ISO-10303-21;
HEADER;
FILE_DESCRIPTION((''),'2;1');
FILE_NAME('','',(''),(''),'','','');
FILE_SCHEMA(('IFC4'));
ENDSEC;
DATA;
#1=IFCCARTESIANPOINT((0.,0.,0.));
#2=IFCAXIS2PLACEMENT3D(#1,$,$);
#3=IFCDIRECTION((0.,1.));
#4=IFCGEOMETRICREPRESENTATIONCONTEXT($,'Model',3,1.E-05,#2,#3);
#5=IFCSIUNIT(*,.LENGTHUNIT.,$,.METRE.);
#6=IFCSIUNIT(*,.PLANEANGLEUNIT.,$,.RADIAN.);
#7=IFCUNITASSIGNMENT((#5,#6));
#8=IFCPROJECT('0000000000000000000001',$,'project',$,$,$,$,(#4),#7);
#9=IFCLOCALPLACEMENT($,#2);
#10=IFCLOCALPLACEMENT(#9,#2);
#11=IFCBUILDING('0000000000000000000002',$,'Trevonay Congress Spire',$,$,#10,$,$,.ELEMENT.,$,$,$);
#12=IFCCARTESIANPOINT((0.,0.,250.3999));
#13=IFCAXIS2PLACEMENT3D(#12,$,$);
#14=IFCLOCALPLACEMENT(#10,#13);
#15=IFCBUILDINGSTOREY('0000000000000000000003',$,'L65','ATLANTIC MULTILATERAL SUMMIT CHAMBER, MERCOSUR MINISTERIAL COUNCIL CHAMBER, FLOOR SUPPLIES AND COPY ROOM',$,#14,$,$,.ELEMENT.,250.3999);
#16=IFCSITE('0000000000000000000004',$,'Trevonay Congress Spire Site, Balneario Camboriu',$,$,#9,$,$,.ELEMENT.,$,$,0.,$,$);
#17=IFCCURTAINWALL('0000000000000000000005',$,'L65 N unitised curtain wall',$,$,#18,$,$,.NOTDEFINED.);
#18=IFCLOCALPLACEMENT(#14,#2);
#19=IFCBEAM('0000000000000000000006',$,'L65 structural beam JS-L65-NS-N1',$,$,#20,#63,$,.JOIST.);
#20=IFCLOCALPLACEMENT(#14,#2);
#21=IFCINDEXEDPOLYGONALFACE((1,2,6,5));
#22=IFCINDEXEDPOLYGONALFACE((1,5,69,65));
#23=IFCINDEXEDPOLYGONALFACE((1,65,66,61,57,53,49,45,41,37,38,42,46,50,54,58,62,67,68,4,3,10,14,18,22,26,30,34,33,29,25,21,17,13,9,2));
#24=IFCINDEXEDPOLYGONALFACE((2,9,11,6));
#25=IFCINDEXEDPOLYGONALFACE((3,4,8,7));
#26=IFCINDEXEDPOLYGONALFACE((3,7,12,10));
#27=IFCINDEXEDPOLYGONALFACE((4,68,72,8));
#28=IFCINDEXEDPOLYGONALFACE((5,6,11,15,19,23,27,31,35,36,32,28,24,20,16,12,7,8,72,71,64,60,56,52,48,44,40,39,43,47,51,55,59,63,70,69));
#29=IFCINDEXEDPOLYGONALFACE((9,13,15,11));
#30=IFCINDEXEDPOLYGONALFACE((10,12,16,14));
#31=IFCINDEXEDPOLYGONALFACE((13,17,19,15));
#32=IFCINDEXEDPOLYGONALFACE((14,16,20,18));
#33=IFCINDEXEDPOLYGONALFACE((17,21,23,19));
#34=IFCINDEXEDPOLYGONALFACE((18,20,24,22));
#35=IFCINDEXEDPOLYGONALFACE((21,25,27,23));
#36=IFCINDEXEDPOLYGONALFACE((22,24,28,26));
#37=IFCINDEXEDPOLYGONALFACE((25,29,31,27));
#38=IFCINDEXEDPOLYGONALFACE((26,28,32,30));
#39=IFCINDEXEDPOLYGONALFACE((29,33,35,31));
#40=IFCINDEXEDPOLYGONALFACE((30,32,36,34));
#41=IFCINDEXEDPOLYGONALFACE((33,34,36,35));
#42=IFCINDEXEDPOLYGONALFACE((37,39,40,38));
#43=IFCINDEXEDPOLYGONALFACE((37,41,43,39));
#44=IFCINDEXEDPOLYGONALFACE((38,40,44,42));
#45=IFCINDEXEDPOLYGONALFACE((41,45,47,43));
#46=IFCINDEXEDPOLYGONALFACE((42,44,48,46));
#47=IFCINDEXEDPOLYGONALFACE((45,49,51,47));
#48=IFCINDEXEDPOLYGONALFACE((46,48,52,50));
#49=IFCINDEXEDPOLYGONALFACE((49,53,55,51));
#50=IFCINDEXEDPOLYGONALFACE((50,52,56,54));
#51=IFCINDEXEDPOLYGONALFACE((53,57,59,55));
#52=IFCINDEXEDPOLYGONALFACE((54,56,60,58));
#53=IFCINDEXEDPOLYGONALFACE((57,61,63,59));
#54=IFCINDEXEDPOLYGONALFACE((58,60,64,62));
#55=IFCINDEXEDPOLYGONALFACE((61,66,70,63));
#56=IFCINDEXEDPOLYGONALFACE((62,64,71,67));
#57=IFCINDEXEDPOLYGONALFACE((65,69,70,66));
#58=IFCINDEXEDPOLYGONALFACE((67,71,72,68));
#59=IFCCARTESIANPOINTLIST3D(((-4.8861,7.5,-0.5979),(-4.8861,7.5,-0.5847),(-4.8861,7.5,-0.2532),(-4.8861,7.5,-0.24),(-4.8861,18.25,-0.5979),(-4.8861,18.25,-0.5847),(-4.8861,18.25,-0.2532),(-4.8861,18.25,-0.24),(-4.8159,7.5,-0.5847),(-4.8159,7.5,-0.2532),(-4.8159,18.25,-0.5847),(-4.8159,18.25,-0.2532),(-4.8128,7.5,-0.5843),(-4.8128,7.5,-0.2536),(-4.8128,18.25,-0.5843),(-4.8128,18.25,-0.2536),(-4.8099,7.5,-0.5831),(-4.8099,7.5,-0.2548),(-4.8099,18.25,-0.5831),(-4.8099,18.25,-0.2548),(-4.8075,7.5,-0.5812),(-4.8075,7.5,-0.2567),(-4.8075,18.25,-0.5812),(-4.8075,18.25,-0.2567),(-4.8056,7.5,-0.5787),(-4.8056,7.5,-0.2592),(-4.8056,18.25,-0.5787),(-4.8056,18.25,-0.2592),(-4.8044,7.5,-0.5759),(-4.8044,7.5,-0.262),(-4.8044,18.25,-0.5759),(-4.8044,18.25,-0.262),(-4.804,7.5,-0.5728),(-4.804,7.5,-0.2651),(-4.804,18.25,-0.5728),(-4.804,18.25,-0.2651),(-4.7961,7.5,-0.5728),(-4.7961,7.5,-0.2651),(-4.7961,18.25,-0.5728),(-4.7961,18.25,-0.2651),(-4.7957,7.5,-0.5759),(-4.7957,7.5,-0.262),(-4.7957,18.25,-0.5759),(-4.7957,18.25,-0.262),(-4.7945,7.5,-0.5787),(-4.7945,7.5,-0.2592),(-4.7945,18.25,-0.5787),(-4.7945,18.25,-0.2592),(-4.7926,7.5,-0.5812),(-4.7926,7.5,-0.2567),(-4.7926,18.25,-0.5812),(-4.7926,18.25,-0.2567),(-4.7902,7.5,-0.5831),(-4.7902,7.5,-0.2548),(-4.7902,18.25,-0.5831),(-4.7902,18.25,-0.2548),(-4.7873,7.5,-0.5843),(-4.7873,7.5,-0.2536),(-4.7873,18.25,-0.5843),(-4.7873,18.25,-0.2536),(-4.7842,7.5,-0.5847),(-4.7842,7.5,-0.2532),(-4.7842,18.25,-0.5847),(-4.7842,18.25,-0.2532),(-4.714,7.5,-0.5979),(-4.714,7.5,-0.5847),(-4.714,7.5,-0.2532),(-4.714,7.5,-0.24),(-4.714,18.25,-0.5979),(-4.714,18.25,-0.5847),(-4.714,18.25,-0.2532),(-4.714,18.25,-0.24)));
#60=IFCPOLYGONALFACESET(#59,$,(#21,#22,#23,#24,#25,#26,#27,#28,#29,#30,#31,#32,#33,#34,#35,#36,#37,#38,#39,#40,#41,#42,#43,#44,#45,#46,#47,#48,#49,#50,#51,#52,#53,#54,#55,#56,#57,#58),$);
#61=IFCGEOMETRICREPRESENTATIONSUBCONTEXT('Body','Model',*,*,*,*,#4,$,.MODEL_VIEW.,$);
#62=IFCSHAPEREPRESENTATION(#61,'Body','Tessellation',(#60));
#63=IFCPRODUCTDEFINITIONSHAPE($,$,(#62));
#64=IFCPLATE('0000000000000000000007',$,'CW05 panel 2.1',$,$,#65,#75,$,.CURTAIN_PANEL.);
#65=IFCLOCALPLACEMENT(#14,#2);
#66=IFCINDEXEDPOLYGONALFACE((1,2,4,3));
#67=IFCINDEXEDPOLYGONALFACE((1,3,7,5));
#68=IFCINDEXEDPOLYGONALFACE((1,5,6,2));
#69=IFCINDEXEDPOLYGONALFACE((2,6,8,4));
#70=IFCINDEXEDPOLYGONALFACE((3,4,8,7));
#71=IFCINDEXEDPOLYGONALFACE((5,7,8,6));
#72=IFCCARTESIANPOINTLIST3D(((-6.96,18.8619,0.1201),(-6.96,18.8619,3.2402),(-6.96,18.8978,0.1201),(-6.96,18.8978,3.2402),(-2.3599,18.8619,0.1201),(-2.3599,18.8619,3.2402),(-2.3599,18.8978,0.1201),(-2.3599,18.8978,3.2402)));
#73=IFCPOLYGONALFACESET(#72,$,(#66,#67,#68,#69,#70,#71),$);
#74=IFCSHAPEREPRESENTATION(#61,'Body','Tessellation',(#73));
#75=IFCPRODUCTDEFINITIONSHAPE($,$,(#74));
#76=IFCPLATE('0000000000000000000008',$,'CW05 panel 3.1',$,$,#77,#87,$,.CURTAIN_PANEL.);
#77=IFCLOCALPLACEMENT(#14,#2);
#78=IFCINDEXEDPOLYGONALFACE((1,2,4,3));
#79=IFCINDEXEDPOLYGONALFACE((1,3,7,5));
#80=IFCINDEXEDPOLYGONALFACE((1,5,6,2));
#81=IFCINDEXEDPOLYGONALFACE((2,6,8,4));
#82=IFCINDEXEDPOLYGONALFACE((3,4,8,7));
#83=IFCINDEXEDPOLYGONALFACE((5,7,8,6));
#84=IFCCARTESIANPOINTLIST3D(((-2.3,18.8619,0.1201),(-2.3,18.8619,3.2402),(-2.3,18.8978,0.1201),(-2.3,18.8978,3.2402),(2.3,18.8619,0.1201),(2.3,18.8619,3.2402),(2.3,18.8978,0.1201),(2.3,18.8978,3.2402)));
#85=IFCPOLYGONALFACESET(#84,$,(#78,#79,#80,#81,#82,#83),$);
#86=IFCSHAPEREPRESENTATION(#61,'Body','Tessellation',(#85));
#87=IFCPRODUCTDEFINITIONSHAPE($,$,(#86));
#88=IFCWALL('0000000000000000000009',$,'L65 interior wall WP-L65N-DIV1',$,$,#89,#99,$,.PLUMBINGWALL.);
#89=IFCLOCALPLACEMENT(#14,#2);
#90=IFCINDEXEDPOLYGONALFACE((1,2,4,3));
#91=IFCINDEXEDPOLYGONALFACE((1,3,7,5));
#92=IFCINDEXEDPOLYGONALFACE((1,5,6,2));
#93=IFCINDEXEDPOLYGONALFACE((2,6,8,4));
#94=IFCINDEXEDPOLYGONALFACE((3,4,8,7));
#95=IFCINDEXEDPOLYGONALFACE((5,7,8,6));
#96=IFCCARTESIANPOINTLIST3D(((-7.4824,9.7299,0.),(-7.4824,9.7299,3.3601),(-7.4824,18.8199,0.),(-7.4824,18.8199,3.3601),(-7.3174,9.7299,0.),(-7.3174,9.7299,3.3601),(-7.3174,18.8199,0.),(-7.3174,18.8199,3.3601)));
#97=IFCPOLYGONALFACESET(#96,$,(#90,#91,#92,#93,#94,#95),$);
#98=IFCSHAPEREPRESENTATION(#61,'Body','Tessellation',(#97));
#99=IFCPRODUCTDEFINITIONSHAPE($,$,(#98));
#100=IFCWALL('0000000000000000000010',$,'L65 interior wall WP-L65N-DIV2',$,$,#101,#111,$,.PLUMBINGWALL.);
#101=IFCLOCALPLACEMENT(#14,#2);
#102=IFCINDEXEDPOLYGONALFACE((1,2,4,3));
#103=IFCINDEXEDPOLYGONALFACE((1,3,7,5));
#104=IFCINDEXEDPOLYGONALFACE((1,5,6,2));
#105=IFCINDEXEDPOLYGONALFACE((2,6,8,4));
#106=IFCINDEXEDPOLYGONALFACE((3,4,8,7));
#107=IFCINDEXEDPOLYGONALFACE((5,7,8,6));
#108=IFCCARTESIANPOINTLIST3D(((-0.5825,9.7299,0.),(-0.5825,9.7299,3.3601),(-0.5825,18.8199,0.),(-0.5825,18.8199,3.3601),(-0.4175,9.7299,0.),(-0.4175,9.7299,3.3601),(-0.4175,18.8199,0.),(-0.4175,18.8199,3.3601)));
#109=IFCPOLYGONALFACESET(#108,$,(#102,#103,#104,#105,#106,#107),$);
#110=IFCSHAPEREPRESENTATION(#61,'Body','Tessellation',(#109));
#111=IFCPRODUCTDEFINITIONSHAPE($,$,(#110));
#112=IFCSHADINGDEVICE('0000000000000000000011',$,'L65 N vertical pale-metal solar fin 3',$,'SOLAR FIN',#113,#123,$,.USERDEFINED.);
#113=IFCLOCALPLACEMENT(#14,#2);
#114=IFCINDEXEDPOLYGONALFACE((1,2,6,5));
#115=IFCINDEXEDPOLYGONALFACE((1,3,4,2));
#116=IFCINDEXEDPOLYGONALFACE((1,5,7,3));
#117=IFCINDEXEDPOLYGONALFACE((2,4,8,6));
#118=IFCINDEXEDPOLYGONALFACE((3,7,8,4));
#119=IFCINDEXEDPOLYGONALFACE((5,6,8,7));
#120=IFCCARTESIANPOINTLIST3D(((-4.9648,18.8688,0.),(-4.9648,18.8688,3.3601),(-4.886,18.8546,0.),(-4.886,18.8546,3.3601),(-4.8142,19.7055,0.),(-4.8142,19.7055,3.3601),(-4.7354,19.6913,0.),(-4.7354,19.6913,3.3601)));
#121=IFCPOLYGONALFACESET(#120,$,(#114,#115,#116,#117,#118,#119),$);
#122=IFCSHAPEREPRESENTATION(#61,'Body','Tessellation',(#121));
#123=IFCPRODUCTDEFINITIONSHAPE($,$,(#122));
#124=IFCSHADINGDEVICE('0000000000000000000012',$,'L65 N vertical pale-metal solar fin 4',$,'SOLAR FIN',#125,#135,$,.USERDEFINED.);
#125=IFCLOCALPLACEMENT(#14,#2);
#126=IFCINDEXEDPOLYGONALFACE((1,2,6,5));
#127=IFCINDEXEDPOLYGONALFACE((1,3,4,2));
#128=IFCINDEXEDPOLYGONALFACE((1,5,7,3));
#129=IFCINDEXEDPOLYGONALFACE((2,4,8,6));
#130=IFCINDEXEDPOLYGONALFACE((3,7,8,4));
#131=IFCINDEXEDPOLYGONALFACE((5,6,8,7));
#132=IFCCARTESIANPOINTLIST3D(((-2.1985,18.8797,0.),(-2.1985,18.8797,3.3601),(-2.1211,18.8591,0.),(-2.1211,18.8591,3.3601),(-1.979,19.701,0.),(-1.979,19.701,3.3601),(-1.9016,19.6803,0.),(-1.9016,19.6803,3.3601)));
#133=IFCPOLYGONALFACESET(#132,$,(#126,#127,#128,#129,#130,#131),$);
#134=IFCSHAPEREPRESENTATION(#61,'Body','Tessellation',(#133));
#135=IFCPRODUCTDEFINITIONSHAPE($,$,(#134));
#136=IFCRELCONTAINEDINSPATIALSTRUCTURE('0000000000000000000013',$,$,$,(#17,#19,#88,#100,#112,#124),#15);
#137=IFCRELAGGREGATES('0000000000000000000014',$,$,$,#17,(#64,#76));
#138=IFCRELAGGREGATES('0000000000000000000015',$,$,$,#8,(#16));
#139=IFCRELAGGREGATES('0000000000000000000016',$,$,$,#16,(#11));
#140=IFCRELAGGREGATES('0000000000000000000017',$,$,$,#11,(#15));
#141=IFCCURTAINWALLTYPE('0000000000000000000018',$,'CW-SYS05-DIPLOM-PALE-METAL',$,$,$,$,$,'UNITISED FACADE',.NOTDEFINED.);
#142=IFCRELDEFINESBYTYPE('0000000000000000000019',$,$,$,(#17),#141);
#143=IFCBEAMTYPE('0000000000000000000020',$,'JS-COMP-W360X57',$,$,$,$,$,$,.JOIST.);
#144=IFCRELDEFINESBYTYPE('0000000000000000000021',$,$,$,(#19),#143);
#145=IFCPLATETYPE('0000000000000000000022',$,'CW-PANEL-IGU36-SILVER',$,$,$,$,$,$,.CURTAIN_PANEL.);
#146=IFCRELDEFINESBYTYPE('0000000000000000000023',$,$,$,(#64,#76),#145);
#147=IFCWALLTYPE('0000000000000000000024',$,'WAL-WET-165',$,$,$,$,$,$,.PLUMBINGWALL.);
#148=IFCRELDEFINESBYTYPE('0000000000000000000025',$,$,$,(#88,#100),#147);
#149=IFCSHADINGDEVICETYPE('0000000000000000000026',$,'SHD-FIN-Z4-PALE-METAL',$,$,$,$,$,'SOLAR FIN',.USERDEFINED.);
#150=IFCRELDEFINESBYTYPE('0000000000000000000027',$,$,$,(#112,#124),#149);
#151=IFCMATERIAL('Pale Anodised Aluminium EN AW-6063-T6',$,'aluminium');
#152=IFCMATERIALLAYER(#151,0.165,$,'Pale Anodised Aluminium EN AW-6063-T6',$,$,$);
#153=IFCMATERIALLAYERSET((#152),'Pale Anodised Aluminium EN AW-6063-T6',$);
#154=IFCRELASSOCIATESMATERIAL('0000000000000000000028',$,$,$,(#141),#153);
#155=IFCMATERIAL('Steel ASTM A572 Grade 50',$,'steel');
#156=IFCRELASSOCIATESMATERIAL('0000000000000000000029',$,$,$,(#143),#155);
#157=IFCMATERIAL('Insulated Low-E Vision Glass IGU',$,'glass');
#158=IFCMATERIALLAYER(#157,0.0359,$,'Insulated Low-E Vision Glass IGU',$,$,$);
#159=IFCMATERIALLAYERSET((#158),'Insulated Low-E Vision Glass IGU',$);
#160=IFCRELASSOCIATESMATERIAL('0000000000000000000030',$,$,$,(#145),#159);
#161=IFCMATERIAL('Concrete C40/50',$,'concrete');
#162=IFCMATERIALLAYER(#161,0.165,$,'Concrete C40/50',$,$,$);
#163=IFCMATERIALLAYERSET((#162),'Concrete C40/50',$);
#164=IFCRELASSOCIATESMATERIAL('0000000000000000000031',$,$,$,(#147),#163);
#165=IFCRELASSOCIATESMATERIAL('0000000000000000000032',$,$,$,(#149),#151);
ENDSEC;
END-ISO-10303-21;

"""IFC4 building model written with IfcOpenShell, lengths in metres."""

from ifc_helpers import new_model, si_unit, direction, frame, frame_2d, origin, origin_2d, place, context, subcontext, project, spatial, rectangle, i_section, extrude, material, layer, layer_set, material_profile, profile_set, type_object, element, aggregate, save


model = new_model("IFC4")

# Units and contexts
model_context = context("Model", 3, precision=1e-05, world=origin(), true_north=direction((0.0, 1.0)))
body_context = subcontext(model_context, "Body", "Model", "MODEL_VIEW")
ifc_project = project(units=[si_unit("LENGTHUNIT", "METRE"), si_unit("PLANEANGLEUNIT", "RADIAN")], contexts=[model_context])

# Site, building, storey
site_placement = place(None, origin())
site = spatial("IfcSite", under=ifc_project, at=site_placement, Name="Trevonay Congress Spire Site, Balneario Camboriu", CompositionType="ELEMENT", RefElevation=0.0)
building_placement = place(site_placement, origin())
building = spatial("IfcBuilding", under=site, at=building_placement, Name="Trevonay Congress Spire", CompositionType="ELEMENT")
storey_placement = place(building_placement, frame((0.0, 0.0, 250.3999)))
storey = spatial("IfcBuildingStorey", under=building, at=storey_placement, Name="L65", Description="ATLANTIC MULTILATERAL SUMMIT CHAMBER, MERCOSUR MINISTERIAL COUNCIL CHAMBER, FLOOR SUPPLIES AND COPY ROOM", CompositionType="ELEMENT", Elevation=250.3999)

# Shared definitions
ifc_material_1 = material(Name="Steel ASTM A572 Grade 50", Category="steel")

# Curtain wall
ifc_material_2 = material(Name="Pale Anodised Aluminium EN AW-6063-T6", Category="aluminium")
ifc_layer_1 = layer(ifc_material_2, 0.165, Name="Pale Anodised Aluminium EN AW-6063-T6")
ifc_layer_set_1 = layer_set([ifc_layer_1], Name="Pale Anodised Aluminium EN AW-6063-T6")
curtain_wall_type = type_object("IfcCurtainWallType", Name="CW-SYS05-DIPLOM-PALE-METAL", ElementType="UNITISED FACADE", PredefinedType="NOTDEFINED", material=ifc_layer_set_1)
curtain_wall_placement = place(storey_placement, origin())
curtain_wall = element("IfcCurtainWall", 1, at=curtain_wall_placement, inside=storey, type_object=curtain_wall_type, Name="L65 N unitised curtain wall", PredefinedType="NOTDEFINED")

# Beam
ifc_material_profile_1 = material_profile(ifc_material_1, i_section(OverallWidth=0.1721, OverallDepth=0.3579, WebThickness=0.0078, FlangeThickness=0.0132, FilletRadius=0.012, at=origin_2d()), Name="W360x57.8")
ifc_profile_set_1 = profile_set([ifc_material_profile_1], Name="Steel ASTM A572 Grade 50")
beam_type_1 = type_object("IfcBeamType", Name="JS-COMP-W360X57", PredefinedType="JOIST", material=ifc_profile_set_1)
beam_1_placement = place(storey_placement, frame((-4.8, 7.5, -0.4189), z_axis=(0.0, 1.0, 0.0), x_axis=(-1.0, 0.0, 0.0)))
element("IfcBeam", 2, at=beam_1_placement, inside=storey, type_object=beam_type_1, Name="L65 structural beam JS-L65-NS-N1", PredefinedType="JOIST", context=body_context, shape_type="SweptSolid", body=[
    extrude(i_section(OverallWidth=0.1721, OverallDepth=0.3579, WebThickness=0.0078, FlangeThickness=0.0132, FilletRadius=0.012, at=origin_2d()), origin(), (0.0, 0.0, 1.0), 10.75),
])

# Plates
ifc_material_3 = material(Name="Insulated Low-E Vision Glass IGU", Category="glass")
ifc_layer_2 = layer(ifc_material_3, 0.0359, Name="Insulated Low-E Vision Glass IGU")
ifc_layer_set_2 = layer_set([ifc_layer_2], Name="Insulated Low-E Vision Glass IGU")
plate_type = type_object("IfcPlateType", Name="CW-PANEL-IGU36-SILVER", PredefinedType="CURTAIN_PANEL", material=ifc_layer_set_2)
plate_1_placement = place(storey_placement, frame((-4.6599, 18.8799, 0.1201), z_axis=(0.0, 0.0, 1.0), x_axis=(1.0, 0.0, 0.0)))
plate_1 = element("IfcPlate", 3, at=plate_1_placement, type_object=plate_type, Name="CW05 panel 2.1", PredefinedType="CURTAIN_PANEL", context=body_context, shape_type="SweptSolid", body=[
    extrude(rectangle(XDim=4.6001, YDim=0.0359, at=origin_2d()), origin(), (0.0, 0.0, 1.0), 3.1201),
])
plate_2_placement = place(storey_placement, frame((0.0, 18.8799, 0.1201), z_axis=(0.0, 0.0, 1.0), x_axis=(1.0, 0.0, 0.0)))
plate_2 = element("IfcPlate", 4, at=plate_2_placement, type_object=plate_type, Name="CW05 panel 3.1", PredefinedType="CURTAIN_PANEL", context=body_context, shape_type="SweptSolid", body=[
    extrude(rectangle(XDim=4.6001, YDim=0.0359, at=origin_2d()), origin(), (0.0, 0.0, 1.0), 3.1201),
])
aggregate(curtain_wall, [plate_1, plate_2])

# Walls
ifc_material_4 = material(Name="Concrete C40/50", Category="concrete")
ifc_layer_3 = layer(ifc_material_4, 0.165, Name="Concrete C40/50")
ifc_layer_set_3 = layer_set([ifc_layer_3], Name="Concrete C40/50")
wall_type = type_object("IfcWallType", Name="WAL-WET-165", PredefinedType="PLUMBINGWALL", material=ifc_layer_set_3)
for number, where, z_axis, x_axis, name in (
    (5, (-7.3999, 9.73, 0.0), (0.0, 0.0, 1.0), (0.0, 1.0, 0.0), "L65 interior wall WP-L65N-DIV1"),
    (6, (-0.5, 9.73, 0.0), (0.0, 0.0, 1.0), (0.0, 1.0, 0.0), "L65 interior wall WP-L65N-DIV2"),
):
    element("IfcWall", number, at=place(storey_placement, frame(where, z_axis=z_axis, x_axis=x_axis)), inside=storey, type_object=wall_type, Name=name, PredefinedType="PLUMBINGWALL", context=body_context, shape_type="SweptSolid", body=[
        extrude(rectangle(XDim=9.0901, YDim=0.165, at=frame_2d((4.5449, 0.0))), origin(), (0.0, 0.0, 1.0), 3.3601),
    ])

# Shading devices
shading_device_type = type_object("IfcShadingDeviceType", Name="SHD-FIN-Z4-PALE-METAL", ElementType="SOLAR FIN", PredefinedType="USERDEFINED", material=ifc_material_2)
for number, where, z_axis, x_axis, name in (
    (7, (-4.8501, 19.28, 0.0), (0.0, 0.0, 1.0), (0.984196, -0.177085, 0.0), "L65 N vertical pale-metal solar fin 3"),
    (8, (-2.05, 19.28, 0.0), (0.0, 0.0, 1.0), (0.966106, -0.258145, 0.0), "L65 N vertical pale-metal solar fin 4"),
):
    element("IfcShadingDevice", number, at=place(storey_placement, frame(where, z_axis=z_axis, x_axis=x_axis)), inside=storey, type_object=shading_device_type, Name=name, ObjectType="SOLAR FIN", PredefinedType="USERDEFINED", context=body_context, shape_type="SweptSolid", body=[
        extrude(rectangle(XDim=0.0801, YDim=0.8501, at=origin_2d()), origin(), (0.0, 0.0, 1.0), 3.3601),
    ])

save(model, "model.ifc")
